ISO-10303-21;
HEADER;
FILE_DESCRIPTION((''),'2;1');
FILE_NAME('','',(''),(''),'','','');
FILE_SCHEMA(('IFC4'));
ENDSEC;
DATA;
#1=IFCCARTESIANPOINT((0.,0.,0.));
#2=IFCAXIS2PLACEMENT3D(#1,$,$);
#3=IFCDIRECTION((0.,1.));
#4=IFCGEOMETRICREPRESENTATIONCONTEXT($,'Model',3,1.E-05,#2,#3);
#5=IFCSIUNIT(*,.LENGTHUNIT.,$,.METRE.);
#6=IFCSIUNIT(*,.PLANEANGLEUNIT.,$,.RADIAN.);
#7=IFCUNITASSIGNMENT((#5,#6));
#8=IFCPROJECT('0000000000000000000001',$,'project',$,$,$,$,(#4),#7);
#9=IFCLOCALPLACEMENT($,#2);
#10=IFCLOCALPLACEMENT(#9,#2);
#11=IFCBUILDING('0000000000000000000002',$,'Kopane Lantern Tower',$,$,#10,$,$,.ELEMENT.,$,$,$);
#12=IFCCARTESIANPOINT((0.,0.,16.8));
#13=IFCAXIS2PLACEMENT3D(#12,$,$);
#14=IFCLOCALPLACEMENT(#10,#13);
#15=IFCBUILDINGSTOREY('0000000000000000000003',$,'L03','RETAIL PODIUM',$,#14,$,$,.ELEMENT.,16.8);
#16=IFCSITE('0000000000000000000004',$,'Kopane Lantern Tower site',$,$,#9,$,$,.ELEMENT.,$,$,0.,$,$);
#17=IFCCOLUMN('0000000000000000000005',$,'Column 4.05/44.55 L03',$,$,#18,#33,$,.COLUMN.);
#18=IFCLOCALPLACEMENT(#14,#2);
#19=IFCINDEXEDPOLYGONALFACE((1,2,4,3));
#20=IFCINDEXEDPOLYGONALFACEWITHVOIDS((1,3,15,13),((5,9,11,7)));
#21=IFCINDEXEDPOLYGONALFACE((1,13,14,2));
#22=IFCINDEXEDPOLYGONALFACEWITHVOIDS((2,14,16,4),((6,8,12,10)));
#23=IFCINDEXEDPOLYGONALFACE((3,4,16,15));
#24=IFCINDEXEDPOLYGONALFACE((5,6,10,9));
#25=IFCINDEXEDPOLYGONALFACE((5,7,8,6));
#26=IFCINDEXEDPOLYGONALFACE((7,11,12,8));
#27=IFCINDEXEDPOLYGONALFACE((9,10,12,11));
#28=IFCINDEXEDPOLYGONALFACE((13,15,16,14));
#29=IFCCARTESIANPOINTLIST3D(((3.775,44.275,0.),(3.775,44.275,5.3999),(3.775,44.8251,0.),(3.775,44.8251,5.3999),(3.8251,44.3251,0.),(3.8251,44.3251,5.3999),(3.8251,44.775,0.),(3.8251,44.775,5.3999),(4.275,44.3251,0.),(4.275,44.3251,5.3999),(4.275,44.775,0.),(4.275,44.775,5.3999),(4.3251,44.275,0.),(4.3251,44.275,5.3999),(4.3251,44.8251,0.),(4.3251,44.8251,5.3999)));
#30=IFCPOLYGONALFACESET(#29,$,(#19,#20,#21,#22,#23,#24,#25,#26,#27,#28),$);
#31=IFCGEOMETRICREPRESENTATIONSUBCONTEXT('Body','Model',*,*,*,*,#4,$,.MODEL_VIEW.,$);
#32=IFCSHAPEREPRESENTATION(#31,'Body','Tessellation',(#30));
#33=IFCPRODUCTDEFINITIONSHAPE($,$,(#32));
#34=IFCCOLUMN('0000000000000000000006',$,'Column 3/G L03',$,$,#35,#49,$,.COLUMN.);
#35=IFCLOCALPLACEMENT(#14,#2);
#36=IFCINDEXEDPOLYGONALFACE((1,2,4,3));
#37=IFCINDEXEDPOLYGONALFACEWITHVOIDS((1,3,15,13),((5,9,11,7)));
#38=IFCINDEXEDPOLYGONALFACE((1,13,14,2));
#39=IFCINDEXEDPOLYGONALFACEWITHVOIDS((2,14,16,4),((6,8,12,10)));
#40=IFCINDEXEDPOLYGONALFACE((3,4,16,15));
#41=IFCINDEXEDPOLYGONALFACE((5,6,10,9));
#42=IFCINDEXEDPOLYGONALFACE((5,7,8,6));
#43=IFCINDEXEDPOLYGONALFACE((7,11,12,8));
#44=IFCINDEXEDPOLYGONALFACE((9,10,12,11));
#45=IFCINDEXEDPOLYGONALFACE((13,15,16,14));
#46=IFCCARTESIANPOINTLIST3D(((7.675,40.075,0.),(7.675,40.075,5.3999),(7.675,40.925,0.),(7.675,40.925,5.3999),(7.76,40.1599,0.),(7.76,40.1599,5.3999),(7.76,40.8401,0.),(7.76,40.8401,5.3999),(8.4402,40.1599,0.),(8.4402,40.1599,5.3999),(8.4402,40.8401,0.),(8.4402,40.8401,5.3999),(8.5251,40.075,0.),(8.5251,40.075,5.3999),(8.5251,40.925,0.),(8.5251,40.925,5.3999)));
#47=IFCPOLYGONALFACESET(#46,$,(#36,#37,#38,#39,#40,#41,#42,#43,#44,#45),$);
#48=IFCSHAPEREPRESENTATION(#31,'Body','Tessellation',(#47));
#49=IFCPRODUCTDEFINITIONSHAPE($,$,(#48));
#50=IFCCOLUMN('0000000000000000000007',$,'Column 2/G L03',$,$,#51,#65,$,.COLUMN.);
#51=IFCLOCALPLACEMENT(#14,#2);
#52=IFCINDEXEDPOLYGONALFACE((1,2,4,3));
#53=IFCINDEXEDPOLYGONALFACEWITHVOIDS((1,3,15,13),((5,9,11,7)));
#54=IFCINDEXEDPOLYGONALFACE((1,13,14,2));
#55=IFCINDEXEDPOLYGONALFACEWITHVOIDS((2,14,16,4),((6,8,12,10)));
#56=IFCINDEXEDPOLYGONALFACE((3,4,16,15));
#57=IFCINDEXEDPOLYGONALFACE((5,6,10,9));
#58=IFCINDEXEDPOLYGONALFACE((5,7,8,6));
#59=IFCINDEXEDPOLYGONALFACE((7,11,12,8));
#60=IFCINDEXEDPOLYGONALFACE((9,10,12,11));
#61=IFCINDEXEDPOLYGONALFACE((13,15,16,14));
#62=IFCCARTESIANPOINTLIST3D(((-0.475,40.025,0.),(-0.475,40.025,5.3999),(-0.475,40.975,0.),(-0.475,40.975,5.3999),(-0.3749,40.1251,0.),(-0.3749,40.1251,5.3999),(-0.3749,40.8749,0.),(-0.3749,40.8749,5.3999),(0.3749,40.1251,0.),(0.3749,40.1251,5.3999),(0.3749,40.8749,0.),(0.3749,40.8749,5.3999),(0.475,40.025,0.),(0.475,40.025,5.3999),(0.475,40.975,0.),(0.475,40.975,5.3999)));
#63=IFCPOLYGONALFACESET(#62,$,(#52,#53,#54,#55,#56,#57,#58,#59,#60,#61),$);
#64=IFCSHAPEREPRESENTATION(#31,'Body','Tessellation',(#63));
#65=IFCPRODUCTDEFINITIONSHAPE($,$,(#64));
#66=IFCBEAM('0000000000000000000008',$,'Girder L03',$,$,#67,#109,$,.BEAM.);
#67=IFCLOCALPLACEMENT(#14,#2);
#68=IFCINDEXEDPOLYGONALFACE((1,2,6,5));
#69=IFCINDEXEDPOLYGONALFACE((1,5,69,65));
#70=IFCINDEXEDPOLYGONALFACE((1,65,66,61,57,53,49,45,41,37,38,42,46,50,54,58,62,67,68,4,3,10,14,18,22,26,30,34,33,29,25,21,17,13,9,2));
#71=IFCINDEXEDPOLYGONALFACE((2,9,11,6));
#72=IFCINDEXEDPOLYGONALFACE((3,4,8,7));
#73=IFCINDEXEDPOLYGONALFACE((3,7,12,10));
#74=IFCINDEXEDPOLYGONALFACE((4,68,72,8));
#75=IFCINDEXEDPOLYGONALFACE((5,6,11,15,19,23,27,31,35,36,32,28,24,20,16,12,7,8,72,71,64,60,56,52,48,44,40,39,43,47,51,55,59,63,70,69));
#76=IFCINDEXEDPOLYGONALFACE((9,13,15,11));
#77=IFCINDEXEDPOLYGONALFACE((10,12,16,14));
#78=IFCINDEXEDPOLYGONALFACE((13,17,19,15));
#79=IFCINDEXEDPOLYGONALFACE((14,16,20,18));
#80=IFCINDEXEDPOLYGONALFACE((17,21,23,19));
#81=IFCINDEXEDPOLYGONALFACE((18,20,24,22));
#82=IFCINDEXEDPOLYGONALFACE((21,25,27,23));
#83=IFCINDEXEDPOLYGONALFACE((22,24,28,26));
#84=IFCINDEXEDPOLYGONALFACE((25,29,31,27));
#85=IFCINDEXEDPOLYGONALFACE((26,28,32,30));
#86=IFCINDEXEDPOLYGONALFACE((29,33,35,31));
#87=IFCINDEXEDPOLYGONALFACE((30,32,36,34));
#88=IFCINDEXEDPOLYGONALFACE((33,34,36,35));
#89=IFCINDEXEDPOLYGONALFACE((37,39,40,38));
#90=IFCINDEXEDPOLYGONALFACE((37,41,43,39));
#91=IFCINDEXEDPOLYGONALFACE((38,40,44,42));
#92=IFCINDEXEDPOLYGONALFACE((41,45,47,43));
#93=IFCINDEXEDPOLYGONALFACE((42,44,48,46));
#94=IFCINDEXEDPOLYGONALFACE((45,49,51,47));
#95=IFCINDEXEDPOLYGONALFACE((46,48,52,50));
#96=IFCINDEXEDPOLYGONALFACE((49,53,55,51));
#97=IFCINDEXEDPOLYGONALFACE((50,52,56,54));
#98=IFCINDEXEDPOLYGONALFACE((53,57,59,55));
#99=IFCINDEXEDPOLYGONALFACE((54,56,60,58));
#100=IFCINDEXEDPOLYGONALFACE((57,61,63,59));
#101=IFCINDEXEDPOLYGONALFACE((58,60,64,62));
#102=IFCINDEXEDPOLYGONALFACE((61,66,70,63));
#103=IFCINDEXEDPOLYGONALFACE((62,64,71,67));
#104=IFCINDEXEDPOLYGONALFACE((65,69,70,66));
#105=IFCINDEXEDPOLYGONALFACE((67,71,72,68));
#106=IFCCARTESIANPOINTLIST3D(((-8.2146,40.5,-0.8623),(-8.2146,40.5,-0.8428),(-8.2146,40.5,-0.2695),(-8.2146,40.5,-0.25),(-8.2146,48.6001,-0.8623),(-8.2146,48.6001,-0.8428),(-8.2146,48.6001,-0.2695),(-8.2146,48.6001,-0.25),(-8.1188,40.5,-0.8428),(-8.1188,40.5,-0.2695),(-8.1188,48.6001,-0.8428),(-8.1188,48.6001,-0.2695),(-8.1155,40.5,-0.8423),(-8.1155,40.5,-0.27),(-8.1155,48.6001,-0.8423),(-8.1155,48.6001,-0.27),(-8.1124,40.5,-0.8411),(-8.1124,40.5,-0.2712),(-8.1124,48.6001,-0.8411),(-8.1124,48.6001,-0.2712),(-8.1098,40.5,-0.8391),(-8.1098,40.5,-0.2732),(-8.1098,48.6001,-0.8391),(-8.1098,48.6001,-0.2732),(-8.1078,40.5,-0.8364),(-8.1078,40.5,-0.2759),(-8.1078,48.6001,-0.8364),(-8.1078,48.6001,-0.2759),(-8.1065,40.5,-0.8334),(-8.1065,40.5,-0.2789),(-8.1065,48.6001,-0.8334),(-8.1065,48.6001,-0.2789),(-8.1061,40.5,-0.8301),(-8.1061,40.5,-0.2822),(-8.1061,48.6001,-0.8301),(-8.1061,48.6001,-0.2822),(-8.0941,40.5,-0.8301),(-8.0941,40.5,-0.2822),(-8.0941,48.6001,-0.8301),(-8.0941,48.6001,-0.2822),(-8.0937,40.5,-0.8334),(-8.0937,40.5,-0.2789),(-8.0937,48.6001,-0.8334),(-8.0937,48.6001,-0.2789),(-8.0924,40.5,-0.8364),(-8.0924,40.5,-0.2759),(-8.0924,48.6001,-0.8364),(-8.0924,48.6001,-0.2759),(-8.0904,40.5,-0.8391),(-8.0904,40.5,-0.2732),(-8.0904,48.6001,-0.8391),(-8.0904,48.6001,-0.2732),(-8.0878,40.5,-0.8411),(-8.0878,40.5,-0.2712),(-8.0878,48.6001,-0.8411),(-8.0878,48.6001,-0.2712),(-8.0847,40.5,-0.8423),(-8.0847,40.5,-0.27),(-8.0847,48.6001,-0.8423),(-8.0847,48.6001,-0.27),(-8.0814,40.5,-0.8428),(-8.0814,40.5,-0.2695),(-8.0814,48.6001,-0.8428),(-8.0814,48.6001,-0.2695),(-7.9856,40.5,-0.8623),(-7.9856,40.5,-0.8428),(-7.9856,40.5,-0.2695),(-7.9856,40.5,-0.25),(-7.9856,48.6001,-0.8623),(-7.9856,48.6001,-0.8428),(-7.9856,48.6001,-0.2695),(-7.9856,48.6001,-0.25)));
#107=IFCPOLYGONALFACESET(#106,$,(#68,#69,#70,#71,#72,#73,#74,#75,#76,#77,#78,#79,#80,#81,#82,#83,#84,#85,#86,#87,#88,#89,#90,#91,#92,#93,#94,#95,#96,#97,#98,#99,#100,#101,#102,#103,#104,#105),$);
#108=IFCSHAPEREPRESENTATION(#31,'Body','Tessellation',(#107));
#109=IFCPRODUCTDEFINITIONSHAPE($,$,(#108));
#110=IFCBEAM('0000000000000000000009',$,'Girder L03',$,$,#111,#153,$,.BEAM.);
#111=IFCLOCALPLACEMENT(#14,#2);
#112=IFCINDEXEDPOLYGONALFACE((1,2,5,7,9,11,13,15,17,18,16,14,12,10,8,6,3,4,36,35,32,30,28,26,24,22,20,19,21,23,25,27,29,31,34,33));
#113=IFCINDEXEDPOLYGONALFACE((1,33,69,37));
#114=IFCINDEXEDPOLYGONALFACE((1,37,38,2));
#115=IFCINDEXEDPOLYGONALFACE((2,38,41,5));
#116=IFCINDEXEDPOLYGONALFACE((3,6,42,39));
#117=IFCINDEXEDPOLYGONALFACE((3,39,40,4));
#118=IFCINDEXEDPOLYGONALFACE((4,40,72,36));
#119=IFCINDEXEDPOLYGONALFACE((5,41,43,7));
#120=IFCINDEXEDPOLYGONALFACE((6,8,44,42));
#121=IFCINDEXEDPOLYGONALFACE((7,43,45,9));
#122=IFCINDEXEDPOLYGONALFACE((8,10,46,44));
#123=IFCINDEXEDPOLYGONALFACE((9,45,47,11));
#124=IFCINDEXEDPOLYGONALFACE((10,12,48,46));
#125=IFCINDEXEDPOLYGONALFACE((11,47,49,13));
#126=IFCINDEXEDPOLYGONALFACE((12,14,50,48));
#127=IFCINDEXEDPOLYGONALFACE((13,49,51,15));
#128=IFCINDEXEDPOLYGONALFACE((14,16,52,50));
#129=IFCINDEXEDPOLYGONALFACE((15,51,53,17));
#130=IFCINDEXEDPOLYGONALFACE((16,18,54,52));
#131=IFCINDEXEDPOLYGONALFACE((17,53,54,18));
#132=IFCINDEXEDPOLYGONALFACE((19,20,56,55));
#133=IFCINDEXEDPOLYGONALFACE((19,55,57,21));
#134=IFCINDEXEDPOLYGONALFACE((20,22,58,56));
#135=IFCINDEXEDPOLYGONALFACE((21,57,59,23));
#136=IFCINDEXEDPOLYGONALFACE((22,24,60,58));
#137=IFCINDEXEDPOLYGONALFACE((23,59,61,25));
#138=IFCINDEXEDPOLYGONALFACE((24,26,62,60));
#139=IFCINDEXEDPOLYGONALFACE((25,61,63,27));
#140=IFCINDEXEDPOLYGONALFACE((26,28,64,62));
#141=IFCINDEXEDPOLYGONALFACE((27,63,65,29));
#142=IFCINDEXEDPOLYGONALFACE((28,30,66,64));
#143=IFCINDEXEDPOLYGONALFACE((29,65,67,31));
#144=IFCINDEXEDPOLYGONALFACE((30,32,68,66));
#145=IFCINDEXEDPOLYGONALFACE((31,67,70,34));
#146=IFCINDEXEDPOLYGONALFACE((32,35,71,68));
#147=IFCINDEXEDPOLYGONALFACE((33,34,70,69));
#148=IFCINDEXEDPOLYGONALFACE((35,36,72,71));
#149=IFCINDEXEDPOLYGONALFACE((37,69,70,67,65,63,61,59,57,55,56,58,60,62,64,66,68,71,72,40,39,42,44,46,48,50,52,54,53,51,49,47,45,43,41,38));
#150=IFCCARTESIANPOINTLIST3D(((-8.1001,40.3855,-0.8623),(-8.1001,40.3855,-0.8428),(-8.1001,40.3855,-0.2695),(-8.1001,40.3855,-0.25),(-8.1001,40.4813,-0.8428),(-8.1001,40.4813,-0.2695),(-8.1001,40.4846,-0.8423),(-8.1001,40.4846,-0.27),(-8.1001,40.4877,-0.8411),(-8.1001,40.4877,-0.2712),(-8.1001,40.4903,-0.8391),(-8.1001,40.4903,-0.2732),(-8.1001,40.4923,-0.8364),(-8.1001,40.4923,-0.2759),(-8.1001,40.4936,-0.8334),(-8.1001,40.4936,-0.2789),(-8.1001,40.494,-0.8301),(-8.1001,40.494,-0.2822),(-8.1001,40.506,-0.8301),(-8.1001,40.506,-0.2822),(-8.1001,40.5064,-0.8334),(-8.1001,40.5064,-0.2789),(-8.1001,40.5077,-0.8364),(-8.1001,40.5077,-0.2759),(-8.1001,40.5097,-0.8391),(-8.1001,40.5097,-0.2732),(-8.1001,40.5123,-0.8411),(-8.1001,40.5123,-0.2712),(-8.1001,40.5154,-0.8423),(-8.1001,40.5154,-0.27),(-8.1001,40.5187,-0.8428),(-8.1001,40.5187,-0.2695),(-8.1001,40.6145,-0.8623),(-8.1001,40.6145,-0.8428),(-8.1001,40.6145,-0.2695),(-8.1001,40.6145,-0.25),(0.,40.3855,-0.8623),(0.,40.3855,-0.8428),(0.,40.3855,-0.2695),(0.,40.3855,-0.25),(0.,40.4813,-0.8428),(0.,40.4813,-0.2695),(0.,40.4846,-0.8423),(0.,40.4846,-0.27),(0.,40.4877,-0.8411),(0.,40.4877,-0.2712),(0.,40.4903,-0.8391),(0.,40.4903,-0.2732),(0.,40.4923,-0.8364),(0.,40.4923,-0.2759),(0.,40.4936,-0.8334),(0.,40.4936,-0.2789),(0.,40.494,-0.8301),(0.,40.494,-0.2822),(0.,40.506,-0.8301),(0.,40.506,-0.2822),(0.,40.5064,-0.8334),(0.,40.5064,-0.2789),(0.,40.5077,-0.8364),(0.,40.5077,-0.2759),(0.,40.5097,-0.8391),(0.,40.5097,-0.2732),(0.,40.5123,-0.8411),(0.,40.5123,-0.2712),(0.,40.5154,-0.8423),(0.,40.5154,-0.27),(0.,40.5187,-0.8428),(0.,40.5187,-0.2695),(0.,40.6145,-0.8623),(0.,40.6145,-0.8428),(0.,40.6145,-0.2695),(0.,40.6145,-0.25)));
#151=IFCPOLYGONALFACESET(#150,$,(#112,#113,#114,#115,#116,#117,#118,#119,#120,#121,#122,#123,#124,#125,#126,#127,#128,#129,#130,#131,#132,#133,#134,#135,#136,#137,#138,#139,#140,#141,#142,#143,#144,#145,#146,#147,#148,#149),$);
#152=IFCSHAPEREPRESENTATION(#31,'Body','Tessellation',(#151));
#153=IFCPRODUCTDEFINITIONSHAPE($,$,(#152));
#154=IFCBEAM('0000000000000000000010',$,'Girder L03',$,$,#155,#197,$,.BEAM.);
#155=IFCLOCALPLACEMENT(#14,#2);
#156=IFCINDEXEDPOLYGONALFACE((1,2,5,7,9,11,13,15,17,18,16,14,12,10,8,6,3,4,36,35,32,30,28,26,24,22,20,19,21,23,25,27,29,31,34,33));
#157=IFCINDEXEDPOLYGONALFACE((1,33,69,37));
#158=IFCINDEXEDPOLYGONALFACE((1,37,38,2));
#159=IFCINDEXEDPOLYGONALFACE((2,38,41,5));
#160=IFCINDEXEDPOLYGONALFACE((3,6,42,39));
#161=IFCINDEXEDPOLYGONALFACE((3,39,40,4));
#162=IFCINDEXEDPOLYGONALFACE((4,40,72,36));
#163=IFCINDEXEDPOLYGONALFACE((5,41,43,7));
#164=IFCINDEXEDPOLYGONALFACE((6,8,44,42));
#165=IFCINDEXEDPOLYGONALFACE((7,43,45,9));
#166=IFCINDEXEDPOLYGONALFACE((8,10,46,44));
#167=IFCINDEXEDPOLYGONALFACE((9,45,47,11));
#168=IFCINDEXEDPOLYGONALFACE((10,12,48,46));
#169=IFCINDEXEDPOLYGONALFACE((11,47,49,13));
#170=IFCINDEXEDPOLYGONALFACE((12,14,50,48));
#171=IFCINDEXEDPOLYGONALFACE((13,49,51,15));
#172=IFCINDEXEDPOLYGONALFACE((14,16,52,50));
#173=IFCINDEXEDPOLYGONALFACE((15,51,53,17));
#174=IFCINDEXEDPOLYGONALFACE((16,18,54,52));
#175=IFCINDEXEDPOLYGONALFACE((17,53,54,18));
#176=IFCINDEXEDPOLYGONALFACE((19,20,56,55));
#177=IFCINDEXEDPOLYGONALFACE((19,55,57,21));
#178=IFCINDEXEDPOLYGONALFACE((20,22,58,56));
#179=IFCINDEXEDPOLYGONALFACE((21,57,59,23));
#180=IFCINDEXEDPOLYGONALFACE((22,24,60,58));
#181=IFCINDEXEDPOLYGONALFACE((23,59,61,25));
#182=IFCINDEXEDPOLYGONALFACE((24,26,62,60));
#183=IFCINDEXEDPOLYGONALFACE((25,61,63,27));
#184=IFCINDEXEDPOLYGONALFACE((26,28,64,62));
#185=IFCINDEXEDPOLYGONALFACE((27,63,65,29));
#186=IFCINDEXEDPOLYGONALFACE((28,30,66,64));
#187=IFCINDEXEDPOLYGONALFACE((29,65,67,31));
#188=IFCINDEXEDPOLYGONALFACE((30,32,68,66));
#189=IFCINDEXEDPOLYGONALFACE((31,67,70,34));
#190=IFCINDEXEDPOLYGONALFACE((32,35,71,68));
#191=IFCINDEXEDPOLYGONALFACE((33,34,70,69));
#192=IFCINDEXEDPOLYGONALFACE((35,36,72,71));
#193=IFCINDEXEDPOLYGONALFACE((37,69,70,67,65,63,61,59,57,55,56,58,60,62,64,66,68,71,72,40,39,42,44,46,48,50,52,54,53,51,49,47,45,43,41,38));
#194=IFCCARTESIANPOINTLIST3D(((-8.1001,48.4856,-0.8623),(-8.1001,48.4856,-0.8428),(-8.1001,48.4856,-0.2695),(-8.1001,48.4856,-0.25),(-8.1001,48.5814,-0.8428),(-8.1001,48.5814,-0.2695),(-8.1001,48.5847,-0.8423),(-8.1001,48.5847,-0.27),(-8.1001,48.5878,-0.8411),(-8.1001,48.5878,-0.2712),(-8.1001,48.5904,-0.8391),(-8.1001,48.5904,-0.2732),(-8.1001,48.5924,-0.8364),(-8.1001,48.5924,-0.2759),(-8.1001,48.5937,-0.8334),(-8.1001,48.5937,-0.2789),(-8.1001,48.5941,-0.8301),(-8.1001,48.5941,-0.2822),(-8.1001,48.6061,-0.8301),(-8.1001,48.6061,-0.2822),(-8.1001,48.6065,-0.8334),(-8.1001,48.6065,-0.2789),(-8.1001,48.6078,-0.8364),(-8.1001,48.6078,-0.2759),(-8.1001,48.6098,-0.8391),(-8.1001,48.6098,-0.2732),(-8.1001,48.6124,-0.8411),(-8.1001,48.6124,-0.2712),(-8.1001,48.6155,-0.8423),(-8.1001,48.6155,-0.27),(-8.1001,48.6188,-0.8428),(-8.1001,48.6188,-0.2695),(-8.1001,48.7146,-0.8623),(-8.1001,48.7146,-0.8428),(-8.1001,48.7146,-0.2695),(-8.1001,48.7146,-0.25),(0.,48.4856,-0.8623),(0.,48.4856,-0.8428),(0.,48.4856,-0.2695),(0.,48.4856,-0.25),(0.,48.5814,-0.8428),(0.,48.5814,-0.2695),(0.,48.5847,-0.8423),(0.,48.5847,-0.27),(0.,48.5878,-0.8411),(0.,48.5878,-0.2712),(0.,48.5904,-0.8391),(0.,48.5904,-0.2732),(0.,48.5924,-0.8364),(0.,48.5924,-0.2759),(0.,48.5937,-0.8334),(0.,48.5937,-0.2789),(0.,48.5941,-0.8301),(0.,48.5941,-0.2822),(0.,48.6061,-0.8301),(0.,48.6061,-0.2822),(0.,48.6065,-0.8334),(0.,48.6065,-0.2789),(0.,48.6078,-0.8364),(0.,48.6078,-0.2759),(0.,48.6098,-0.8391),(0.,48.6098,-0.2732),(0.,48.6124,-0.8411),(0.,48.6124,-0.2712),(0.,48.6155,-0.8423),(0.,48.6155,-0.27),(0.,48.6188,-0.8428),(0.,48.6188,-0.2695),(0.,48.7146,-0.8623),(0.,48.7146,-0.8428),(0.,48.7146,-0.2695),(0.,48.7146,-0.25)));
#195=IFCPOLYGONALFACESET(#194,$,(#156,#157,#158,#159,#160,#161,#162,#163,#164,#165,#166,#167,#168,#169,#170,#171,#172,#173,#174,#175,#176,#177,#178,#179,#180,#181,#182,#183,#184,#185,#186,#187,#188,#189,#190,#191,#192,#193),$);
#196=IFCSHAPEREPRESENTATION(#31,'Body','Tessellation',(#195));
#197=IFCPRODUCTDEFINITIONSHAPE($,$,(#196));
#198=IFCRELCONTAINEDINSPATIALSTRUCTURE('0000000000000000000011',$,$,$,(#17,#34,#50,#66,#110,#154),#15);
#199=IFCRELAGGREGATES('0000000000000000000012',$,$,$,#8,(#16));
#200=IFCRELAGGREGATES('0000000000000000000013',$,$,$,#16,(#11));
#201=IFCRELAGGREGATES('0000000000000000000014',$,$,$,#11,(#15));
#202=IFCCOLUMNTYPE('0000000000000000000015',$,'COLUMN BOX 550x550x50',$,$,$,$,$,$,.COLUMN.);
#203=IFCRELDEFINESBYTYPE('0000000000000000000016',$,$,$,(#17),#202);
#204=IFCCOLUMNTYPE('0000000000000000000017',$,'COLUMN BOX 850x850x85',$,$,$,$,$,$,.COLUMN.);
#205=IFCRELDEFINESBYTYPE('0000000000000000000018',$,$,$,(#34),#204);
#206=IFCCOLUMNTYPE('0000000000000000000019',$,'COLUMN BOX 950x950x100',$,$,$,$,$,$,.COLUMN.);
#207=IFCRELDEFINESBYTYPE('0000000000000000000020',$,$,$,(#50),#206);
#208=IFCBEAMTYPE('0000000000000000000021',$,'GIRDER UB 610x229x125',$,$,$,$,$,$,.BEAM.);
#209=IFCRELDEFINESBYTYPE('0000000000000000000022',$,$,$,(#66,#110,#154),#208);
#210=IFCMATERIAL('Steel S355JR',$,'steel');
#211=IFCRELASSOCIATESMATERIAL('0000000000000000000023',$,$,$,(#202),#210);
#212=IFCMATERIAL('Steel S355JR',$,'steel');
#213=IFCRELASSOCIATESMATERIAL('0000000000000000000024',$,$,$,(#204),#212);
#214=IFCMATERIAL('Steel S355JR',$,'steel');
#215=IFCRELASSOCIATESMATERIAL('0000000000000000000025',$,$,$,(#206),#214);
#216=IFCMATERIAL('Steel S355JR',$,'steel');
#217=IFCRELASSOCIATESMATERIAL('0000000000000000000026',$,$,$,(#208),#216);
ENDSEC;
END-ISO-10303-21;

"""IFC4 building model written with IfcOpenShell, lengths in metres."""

from ifc_helpers import new_model, si_unit, direction, frame, origin, origin_2d, place, context, subcontext, project, spatial, hollow_rectangle, i_section, extrude, material, material_profile, profile_set, type_object, element, save


model = new_model("IFC4")

# Units and contexts
model_context = context("Model", 3, precision=1e-05, world=origin(), true_north=direction((0.0, 1.0)))
body_context = subcontext(model_context, "Body", "Model", "MODEL_VIEW")
ifc_project = project(units=[si_unit("LENGTHUNIT", "METRE"), si_unit("PLANEANGLEUNIT", "RADIAN")], contexts=[model_context])

# Site, building, storey
site_placement = place(None, origin())
site = spatial("IfcSite", under=ifc_project, at=site_placement, Name="Kopane Lantern Tower site", CompositionType="ELEMENT", RefElevation=0.0)
building_placement = place(site_placement, origin())
building = spatial("IfcBuilding", under=site, at=building_placement, Name="Kopane Lantern Tower", CompositionType="ELEMENT")
storey_placement = place(building_placement, frame((0.0, 0.0, 16.8)))
storey = spatial("IfcBuildingStorey", under=building, at=storey_placement, Name="L03", Description="RETAIL PODIUM", CompositionType="ELEMENT", Elevation=16.8)

# Columns
ifc_material_1 = material(Name="Steel S355JR", Category="steel")
ifc_material_profile_1 = material_profile(ifc_material_1, hollow_rectangle(XDim=0.55, YDim=0.55, WallThickness=0.05, at=origin_2d()), Name="BOX 550x550x50")
ifc_profile_set_1 = profile_set([ifc_material_profile_1], Name="Steel S355JR")
column_type_1 = type_object("IfcColumnType", Name="COLUMN BOX 550x550x50", PredefinedType="COLUMN", material=ifc_profile_set_1)
column_1_placement = place(storey_placement, frame((4.05, 44.55, 0.0), z_axis=(0.0, 0.0, 1.0), x_axis=(1.0, 0.0, 0.0)))
element("IfcColumn", 1, at=column_1_placement, inside=storey, type_object=column_type_1, Name="Column 4.05/44.55 L03", PredefinedType="COLUMN", context=body_context, shape_type="SweptSolid", body=[
    extrude(hollow_rectangle(XDim=0.55, YDim=0.55, WallThickness=0.05, at=origin_2d()), origin(), (0.0, 0.0, 1.0), 5.3999),
])
ifc_material_2 = material(Name="Steel S355JR", Category="steel")
ifc_material_profile_2 = material_profile(ifc_material_2, hollow_rectangle(XDim=0.8501, YDim=0.8501, WallThickness=0.085, at=origin_2d()), Name="BOX 850x850x85")
ifc_profile_set_2 = profile_set([ifc_material_profile_2], Name="Steel S355JR")
column_type_2 = type_object("IfcColumnType", Name="COLUMN BOX 850x850x85", PredefinedType="COLUMN", material=ifc_profile_set_2)
column_2_placement = place(storey_placement, frame((8.1001, 40.5, 0.0), z_axis=(0.0, 0.0, 1.0), x_axis=(1.0, 0.0, 0.0)))
element("IfcColumn", 2, at=column_2_placement, inside=storey, type_object=column_type_2, Name="Column 3/G L03", PredefinedType="COLUMN", context=body_context, shape_type="SweptSolid", body=[
    extrude(hollow_rectangle(XDim=0.8501, YDim=0.8501, WallThickness=0.085, at=origin_2d()), origin(), (0.0, 0.0, 1.0), 5.3999),
])
ifc_material_3 = material(Name="Steel S355JR", Category="steel")
ifc_material_profile_3 = material_profile(ifc_material_3, hollow_rectangle(XDim=0.95, YDim=0.95, WallThickness=0.1001, at=origin_2d()), Name="BOX 950x950x100")
ifc_profile_set_3 = profile_set([ifc_material_profile_3], Name="Steel S355JR")
column_type_3 = type_object("IfcColumnType", Name="COLUMN BOX 950x950x100", PredefinedType="COLUMN", material=ifc_profile_set_3)
column_3_placement = place(storey_placement, frame((0.0, 40.5, 0.0), z_axis=(0.0, 0.0, 1.0), x_axis=(1.0, 0.0, 0.0)))
element("IfcColumn", 3, at=column_3_placement, inside=storey, type_object=column_type_3, Name="Column 2/G L03", PredefinedType="COLUMN", context=body_context, shape_type="SweptSolid", body=[
    extrude(hollow_rectangle(XDim=0.95, YDim=0.95, WallThickness=0.1001, at=origin_2d()), origin(), (0.0, 0.0, 1.0), 5.3999),
])

# Beams
ifc_material_4 = material(Name="Steel S355JR", Category="steel")
ifc_material_profile_4 = material_profile(ifc_material_4, i_section(OverallWidth=0.229, OverallDepth=0.6123, WebThickness=0.012, FlangeThickness=0.0195, FilletRadius=0.0127, at=origin_2d()), Name="UB 610x229x125")
ifc_profile_set_4 = profile_set([ifc_material_profile_4], Name="Steel S355JR")
beam_type = type_object("IfcBeamType", Name="GIRDER UB 610x229x125", PredefinedType="BEAM", material=ifc_profile_set_4)
for number, where, z_axis, x_axis, name in (
    (4, (-8.1001, 40.5, -0.5562), (0.0, 1.0, 0.0), (-1.0, 0.0, 0.0), "Girder L03"),
    (5, (-8.1001, 40.5, -0.5562), (1.0, 0.0, 0.0), (0.0, 1.0, 0.0), "Girder L03"),
    (6, (-8.1001, 48.6001, -0.5562), (1.0, 0.0, 0.0), (0.0, 1.0, 0.0), "Girder L03"),
):
    element("IfcBeam", number, at=place(storey_placement, frame(where, z_axis=z_axis, x_axis=x_axis)), inside=storey, type_object=beam_type, Name=name, PredefinedType="BEAM", context=body_context, shape_type="SweptSolid", body=[
        extrude(i_section(OverallWidth=0.229, OverallDepth=0.6123, WebThickness=0.012, FlangeThickness=0.0195, FilletRadius=0.0127, at=origin_2d()), origin(), (0.0, 0.0, 1.0), 8.1001),
    ])

save(model, "model.ifc")
